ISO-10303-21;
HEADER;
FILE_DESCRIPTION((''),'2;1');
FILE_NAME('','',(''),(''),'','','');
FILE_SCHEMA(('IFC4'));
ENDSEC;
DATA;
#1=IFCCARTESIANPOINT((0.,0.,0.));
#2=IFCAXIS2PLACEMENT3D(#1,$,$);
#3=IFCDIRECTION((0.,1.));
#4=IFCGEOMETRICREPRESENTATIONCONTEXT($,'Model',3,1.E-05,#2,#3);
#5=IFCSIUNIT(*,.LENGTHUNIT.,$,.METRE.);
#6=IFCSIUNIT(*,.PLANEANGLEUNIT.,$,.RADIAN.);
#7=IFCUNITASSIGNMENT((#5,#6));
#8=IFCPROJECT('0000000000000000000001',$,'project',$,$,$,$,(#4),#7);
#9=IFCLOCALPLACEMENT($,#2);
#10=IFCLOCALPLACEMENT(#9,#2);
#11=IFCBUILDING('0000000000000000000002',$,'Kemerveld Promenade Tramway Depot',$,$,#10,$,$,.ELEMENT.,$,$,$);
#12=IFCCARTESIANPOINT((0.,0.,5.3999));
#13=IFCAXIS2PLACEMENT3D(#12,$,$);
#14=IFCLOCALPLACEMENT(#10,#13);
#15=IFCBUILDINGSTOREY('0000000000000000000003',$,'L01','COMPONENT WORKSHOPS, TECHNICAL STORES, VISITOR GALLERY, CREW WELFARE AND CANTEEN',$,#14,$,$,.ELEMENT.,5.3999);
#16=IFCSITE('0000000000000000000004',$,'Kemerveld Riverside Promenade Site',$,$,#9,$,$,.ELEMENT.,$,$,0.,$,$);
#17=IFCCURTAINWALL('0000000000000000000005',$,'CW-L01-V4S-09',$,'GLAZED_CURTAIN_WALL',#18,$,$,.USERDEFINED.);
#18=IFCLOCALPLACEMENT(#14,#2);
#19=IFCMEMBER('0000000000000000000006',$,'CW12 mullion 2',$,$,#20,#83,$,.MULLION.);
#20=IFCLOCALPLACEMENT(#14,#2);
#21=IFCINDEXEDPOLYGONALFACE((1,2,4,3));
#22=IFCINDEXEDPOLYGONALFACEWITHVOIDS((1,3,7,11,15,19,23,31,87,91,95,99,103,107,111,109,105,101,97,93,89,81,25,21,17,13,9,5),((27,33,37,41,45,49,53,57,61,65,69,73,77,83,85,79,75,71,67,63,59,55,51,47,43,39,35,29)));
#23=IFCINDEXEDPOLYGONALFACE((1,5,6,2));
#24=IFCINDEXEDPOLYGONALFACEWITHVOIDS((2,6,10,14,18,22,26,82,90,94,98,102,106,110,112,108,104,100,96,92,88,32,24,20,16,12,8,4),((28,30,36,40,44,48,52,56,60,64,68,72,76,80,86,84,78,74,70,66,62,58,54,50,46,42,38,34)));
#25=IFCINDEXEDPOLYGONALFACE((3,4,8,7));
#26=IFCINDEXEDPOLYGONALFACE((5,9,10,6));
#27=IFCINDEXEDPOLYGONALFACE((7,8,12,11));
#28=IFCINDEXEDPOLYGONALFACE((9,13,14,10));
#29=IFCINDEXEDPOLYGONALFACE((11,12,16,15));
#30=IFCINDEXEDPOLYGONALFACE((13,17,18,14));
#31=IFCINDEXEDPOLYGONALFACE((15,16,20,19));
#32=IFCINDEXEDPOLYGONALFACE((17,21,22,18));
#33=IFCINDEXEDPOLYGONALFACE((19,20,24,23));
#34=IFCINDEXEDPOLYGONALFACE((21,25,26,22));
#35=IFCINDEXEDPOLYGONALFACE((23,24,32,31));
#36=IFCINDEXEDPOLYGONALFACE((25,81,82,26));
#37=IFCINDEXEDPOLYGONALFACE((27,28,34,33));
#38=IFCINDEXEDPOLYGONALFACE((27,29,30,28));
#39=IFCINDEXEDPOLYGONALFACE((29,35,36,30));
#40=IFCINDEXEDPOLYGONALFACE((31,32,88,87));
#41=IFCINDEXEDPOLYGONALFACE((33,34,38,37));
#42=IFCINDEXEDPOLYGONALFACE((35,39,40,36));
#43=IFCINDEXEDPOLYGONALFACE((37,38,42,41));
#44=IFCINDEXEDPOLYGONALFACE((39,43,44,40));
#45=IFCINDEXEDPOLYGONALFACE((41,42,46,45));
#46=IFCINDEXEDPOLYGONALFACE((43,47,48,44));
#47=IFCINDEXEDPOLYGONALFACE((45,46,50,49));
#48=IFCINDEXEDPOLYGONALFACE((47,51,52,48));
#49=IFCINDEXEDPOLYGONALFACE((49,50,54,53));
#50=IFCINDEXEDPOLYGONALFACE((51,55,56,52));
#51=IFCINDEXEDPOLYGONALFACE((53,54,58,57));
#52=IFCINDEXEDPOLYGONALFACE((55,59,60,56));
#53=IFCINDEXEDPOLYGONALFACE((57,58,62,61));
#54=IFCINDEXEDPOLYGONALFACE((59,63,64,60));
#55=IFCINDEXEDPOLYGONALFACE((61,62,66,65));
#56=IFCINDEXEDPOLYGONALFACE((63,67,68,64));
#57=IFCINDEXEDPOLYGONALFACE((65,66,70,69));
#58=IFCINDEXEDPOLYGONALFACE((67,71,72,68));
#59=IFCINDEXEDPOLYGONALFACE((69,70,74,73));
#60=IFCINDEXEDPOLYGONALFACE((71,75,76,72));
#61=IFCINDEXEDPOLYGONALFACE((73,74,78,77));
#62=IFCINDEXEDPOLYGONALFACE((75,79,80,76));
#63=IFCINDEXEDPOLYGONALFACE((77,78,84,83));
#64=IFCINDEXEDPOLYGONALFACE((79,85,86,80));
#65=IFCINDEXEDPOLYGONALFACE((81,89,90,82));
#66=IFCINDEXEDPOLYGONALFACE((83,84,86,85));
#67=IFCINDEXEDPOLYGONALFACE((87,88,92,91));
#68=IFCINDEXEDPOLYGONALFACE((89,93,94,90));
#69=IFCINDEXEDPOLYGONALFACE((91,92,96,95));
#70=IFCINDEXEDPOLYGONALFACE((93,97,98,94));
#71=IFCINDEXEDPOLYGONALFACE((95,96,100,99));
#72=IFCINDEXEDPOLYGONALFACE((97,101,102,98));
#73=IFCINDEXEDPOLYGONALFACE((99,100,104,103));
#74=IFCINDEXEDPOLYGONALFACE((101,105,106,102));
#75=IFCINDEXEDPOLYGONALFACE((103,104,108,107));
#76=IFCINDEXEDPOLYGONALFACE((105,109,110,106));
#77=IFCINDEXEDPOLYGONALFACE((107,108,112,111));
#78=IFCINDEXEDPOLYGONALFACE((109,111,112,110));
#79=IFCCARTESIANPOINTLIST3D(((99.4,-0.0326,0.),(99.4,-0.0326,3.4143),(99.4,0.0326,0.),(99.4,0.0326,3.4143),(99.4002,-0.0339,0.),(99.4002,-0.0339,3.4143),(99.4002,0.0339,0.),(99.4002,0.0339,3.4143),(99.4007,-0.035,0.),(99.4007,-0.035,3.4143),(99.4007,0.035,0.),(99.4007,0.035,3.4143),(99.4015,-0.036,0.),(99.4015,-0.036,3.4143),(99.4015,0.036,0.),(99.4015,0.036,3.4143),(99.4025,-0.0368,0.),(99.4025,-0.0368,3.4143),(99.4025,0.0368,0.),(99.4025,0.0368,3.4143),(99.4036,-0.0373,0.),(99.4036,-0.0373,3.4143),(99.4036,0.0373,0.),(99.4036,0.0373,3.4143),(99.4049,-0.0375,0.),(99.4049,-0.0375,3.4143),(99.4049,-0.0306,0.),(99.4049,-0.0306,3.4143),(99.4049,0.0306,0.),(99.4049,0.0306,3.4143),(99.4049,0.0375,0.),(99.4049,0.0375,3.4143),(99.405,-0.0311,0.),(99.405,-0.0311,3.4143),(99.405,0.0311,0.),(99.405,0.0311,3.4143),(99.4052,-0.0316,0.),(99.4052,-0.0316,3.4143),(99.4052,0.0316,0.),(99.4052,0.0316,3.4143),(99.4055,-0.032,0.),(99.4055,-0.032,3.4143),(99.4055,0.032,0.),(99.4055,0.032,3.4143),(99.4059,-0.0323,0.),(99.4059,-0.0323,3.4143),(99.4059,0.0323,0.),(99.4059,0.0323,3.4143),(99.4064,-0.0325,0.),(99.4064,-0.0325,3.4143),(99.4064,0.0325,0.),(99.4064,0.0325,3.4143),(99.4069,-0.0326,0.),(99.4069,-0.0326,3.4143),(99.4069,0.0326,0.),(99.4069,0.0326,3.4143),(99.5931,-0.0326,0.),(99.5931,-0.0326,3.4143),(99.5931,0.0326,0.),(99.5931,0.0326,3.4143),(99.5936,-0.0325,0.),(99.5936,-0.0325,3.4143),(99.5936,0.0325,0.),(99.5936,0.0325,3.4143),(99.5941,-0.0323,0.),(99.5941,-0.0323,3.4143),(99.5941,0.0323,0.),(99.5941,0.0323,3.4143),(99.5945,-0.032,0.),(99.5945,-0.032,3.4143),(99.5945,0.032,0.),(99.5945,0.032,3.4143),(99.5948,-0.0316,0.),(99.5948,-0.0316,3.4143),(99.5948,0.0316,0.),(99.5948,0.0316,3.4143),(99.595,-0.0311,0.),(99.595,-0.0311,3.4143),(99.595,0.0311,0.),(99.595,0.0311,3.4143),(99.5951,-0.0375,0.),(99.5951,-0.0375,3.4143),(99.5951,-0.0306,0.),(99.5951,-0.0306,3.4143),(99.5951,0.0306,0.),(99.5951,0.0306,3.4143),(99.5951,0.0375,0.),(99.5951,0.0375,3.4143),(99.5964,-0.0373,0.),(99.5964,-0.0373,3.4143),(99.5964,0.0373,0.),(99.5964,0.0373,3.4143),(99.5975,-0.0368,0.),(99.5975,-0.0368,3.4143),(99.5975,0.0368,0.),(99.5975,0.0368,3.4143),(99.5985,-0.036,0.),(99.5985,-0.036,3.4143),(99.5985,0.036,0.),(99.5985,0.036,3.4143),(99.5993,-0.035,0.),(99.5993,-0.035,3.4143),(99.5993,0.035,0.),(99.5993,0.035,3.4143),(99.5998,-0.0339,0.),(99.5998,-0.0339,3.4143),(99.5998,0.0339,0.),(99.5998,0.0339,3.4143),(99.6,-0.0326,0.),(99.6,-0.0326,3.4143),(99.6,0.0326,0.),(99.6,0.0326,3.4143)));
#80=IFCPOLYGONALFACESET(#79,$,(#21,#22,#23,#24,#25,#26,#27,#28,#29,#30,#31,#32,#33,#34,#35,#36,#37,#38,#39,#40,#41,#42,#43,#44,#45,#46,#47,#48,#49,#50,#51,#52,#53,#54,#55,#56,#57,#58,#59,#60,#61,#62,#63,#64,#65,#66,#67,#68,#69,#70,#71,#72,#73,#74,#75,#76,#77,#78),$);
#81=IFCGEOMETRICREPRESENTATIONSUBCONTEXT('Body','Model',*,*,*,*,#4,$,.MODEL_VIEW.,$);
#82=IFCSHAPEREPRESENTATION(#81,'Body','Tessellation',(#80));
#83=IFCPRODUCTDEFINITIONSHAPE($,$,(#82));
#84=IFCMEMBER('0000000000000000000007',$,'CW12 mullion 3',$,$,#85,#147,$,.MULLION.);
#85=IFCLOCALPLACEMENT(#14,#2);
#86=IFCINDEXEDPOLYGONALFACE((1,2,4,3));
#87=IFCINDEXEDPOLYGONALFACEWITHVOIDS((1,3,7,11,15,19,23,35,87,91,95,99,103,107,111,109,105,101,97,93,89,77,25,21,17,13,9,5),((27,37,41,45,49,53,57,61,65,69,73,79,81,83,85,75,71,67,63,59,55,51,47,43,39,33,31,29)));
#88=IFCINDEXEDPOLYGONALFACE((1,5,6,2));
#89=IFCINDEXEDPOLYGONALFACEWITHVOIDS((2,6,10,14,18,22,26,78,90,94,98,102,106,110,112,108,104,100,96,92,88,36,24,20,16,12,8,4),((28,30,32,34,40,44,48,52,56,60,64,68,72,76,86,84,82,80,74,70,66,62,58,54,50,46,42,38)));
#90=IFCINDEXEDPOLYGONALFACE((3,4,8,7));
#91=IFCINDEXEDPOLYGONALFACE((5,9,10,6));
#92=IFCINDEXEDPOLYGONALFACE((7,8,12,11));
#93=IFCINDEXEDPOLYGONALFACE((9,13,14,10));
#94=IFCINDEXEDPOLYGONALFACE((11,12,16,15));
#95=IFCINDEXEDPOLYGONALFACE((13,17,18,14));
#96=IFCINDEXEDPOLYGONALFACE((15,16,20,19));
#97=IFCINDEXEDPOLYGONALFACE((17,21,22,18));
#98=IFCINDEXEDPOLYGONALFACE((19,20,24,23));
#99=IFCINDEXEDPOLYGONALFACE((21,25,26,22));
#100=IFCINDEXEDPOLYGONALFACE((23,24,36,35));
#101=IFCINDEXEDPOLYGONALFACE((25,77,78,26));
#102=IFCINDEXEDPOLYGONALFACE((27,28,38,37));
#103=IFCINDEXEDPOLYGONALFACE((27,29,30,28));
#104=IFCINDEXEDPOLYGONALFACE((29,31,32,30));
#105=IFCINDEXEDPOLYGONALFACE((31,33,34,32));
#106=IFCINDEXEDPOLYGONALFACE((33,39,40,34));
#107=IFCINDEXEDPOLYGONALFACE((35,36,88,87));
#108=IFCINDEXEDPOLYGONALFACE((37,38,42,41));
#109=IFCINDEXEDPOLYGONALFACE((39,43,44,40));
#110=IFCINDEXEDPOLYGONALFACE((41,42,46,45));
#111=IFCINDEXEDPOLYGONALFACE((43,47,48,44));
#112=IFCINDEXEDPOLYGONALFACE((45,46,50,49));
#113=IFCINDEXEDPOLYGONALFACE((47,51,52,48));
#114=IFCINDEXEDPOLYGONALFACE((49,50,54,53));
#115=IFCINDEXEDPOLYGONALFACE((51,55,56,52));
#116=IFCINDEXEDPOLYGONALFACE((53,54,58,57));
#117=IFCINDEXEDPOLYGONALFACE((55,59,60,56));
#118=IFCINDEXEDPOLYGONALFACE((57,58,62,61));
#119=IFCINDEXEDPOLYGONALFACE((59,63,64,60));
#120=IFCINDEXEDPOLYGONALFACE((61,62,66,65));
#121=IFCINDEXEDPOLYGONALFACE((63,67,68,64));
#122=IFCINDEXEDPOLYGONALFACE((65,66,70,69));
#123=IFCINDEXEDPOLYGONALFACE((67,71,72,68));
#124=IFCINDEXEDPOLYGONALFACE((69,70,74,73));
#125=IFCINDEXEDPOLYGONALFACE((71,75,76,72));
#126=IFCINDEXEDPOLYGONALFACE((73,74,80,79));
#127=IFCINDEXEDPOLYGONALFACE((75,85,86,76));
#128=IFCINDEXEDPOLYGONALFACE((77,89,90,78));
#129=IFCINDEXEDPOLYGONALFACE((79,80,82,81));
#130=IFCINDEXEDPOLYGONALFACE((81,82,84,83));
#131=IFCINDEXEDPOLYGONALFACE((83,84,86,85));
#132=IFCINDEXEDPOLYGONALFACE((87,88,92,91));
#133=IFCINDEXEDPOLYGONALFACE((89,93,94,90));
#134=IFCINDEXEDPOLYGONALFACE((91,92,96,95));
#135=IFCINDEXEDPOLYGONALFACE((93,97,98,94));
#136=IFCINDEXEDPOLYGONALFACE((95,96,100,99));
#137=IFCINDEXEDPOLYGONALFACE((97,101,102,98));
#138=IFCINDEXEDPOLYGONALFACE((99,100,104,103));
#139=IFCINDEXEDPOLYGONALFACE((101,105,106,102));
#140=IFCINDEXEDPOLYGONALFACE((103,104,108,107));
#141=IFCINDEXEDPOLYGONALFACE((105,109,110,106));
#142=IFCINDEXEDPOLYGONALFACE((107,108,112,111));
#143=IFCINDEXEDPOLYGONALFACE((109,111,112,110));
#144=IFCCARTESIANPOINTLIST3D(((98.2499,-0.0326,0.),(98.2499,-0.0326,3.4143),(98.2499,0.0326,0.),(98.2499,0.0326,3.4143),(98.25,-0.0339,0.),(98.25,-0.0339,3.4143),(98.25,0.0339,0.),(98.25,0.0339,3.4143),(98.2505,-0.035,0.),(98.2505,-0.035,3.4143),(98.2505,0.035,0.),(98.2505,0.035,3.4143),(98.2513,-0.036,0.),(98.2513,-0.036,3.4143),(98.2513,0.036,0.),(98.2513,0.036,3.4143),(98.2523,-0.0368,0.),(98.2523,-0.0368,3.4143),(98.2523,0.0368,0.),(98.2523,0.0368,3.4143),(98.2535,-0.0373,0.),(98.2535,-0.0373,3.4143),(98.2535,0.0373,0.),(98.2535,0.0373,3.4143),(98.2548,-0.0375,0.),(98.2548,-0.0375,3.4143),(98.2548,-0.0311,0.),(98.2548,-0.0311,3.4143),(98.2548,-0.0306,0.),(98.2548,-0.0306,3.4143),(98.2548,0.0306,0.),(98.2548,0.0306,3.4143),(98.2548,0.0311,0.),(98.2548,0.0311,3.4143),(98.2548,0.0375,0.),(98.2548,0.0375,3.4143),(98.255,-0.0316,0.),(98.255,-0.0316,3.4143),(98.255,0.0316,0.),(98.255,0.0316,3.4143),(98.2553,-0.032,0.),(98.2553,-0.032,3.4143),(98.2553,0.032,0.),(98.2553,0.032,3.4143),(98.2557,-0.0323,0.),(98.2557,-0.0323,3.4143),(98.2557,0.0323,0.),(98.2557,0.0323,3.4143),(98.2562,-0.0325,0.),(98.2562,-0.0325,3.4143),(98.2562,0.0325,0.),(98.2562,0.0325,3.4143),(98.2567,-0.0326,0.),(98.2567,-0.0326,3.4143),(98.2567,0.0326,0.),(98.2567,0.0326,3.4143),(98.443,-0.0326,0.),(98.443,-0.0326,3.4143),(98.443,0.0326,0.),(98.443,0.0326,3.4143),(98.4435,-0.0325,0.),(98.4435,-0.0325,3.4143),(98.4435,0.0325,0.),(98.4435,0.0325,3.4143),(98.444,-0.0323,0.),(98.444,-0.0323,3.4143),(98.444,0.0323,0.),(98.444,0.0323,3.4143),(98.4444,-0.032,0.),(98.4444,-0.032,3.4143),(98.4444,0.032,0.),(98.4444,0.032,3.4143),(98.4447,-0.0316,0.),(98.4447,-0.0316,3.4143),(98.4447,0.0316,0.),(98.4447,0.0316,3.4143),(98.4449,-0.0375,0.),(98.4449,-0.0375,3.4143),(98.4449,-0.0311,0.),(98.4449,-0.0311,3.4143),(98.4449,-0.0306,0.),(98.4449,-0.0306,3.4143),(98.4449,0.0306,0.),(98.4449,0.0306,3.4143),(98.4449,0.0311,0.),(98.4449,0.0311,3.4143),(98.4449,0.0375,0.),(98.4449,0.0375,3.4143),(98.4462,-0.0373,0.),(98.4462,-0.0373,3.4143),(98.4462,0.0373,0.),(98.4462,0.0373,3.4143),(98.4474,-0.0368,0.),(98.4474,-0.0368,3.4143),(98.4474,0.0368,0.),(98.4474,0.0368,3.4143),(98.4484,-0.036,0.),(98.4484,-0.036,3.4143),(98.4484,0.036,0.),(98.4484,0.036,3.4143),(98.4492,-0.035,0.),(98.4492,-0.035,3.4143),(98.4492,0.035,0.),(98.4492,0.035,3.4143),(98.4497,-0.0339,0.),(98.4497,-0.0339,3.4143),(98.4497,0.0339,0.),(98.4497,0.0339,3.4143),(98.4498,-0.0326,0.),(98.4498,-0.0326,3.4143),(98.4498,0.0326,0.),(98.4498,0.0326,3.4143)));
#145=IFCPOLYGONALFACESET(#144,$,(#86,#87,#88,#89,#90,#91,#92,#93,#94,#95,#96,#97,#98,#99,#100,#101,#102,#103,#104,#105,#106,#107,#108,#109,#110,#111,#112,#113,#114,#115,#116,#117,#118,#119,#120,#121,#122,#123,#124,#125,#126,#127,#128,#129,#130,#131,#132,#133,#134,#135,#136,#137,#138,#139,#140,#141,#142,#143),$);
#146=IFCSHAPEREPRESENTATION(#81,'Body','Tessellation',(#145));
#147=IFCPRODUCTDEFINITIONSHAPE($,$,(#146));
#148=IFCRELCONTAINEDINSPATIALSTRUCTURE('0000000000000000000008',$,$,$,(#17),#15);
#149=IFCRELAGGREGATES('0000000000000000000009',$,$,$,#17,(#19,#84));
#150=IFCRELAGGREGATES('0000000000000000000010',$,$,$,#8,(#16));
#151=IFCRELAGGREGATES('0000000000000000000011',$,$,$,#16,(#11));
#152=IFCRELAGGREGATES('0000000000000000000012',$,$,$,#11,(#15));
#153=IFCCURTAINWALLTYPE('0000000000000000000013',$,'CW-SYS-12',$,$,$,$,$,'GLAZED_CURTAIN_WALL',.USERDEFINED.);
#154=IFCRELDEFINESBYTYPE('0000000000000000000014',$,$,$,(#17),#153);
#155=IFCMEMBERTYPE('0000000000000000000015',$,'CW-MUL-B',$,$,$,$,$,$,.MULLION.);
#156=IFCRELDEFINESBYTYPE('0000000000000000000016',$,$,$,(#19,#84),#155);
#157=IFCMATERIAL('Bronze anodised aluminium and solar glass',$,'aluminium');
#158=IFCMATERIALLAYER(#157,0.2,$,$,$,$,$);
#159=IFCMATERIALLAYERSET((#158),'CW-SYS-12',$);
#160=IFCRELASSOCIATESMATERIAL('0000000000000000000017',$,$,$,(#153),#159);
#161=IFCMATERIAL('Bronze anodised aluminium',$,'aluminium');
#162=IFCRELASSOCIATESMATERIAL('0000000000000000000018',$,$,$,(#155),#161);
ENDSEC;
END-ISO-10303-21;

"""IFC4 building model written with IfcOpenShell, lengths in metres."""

from ifc_helpers import new_model, si_unit, direction, frame, origin, origin_2d, place, context, subcontext, project, spatial, hollow_rectangle, extrude, material, layer, layer_set, material_profile, profile_set, type_object, element, aggregate, save


model = new_model("IFC4")

# Units and contexts
model_context = context("Model", 3, precision=1e-05, world=origin(), true_north=direction((0.0, 1.0)))
body_context = subcontext(model_context, "Body", "Model", "MODEL_VIEW")
ifc_project = project(units=[si_unit("LENGTHUNIT", "METRE"), si_unit("PLANEANGLEUNIT", "RADIAN")], contexts=[model_context])

# Site, building, storey
site_placement = place(None, origin())
site = spatial("IfcSite", under=ifc_project, at=site_placement, Name="Kemerveld Riverside Promenade Site", CompositionType="ELEMENT", RefElevation=0.0)
building_placement = place(site_placement, origin())
building = spatial("IfcBuilding", under=site, at=building_placement, Name="Kemerveld Promenade Tramway Depot", CompositionType="ELEMENT")
storey_placement = place(building_placement, frame((0.0, 0.0, 5.3999)))
storey = spatial("IfcBuildingStorey", under=building, at=storey_placement, Name="L01", Description="COMPONENT WORKSHOPS, TECHNICAL STORES, VISITOR GALLERY, CREW WELFARE AND CANTEEN", CompositionType="ELEMENT", Elevation=5.3999)

# Curtain wall, members
ifc_material_1 = material(Name="Bronze anodised aluminium and solar glass", Category="aluminium")
ifc_layer_1 = layer(ifc_material_1, 0.2)
ifc_layer_set_1 = layer_set([ifc_layer_1], Name="CW-SYS-12")
curtain_wall_type = type_object("IfcCurtainWallType", Name="CW-SYS-12", ElementType="GLAZED_CURTAIN_WALL", PredefinedType="USERDEFINED", material=ifc_layer_set_1)
curtain_wall_placement = place(storey_placement, origin())
curtain_wall = element("IfcCurtainWall", 1, at=curtain_wall_placement, inside=storey, type_object=curtain_wall_type, Name="CW-L01-V4S-09", ObjectType="GLAZED_CURTAIN_WALL", PredefinedType="USERDEFINED")
ifc_material_2 = material(Name="Bronze anodised aluminium", Category="aluminium")
ifc_material_profile_1 = material_profile(ifc_material_2, hollow_rectangle(XDim=0.075, YDim=0.2, WallThickness=0.0049, InnerFilletRadius=0.002, OuterFilletRadius=0.0049, at=origin_2d()), Name="CW-MUL-200x75")
ifc_profile_set_1 = profile_set([ifc_material_profile_1], Name="Bronze anodised aluminium")
member_type_1 = type_object("IfcMemberType", Name="CW-MUL-B", PredefinedType="MULLION", material=ifc_profile_set_1)
member_1_placement = place(storey_placement, frame((99.5, 0.0, 0.0), z_axis=(0.0, 0.0, 1.0), x_axis=(0.0, -1.0, 0.0)))
member_1 = element("IfcMember", 2, at=member_1_placement, type_object=member_type_1, Name="CW12 mullion 2", PredefinedType="MULLION", context=body_context, shape_type="SweptSolid", body=[
    extrude(hollow_rectangle(XDim=0.075, YDim=0.2, WallThickness=0.0049, InnerFilletRadius=0.002, OuterFilletRadius=0.0049, at=origin_2d()), origin(), (0.0, 0.0, 1.0), 3.4143),
])
member_2_placement = place(storey_placement, frame((98.3499, 0.0, 0.0), z_axis=(0.0, 0.0, 1.0), x_axis=(0.0, -1.0, 0.0)))
member_2 = element("IfcMember", 3, at=member_2_placement, type_object=member_type_1, Name="CW12 mullion 3", PredefinedType="MULLION", context=body_context, shape_type="SweptSolid", body=[
    extrude(hollow_rectangle(XDim=0.075, YDim=0.2, WallThickness=0.0049, InnerFilletRadius=0.002, OuterFilletRadius=0.0049, at=origin_2d()), origin(), (0.0, 0.0, 1.0), 3.4143),
])
aggregate(curtain_wall, [member_1, member_2])

save(model, "model.ifc")
